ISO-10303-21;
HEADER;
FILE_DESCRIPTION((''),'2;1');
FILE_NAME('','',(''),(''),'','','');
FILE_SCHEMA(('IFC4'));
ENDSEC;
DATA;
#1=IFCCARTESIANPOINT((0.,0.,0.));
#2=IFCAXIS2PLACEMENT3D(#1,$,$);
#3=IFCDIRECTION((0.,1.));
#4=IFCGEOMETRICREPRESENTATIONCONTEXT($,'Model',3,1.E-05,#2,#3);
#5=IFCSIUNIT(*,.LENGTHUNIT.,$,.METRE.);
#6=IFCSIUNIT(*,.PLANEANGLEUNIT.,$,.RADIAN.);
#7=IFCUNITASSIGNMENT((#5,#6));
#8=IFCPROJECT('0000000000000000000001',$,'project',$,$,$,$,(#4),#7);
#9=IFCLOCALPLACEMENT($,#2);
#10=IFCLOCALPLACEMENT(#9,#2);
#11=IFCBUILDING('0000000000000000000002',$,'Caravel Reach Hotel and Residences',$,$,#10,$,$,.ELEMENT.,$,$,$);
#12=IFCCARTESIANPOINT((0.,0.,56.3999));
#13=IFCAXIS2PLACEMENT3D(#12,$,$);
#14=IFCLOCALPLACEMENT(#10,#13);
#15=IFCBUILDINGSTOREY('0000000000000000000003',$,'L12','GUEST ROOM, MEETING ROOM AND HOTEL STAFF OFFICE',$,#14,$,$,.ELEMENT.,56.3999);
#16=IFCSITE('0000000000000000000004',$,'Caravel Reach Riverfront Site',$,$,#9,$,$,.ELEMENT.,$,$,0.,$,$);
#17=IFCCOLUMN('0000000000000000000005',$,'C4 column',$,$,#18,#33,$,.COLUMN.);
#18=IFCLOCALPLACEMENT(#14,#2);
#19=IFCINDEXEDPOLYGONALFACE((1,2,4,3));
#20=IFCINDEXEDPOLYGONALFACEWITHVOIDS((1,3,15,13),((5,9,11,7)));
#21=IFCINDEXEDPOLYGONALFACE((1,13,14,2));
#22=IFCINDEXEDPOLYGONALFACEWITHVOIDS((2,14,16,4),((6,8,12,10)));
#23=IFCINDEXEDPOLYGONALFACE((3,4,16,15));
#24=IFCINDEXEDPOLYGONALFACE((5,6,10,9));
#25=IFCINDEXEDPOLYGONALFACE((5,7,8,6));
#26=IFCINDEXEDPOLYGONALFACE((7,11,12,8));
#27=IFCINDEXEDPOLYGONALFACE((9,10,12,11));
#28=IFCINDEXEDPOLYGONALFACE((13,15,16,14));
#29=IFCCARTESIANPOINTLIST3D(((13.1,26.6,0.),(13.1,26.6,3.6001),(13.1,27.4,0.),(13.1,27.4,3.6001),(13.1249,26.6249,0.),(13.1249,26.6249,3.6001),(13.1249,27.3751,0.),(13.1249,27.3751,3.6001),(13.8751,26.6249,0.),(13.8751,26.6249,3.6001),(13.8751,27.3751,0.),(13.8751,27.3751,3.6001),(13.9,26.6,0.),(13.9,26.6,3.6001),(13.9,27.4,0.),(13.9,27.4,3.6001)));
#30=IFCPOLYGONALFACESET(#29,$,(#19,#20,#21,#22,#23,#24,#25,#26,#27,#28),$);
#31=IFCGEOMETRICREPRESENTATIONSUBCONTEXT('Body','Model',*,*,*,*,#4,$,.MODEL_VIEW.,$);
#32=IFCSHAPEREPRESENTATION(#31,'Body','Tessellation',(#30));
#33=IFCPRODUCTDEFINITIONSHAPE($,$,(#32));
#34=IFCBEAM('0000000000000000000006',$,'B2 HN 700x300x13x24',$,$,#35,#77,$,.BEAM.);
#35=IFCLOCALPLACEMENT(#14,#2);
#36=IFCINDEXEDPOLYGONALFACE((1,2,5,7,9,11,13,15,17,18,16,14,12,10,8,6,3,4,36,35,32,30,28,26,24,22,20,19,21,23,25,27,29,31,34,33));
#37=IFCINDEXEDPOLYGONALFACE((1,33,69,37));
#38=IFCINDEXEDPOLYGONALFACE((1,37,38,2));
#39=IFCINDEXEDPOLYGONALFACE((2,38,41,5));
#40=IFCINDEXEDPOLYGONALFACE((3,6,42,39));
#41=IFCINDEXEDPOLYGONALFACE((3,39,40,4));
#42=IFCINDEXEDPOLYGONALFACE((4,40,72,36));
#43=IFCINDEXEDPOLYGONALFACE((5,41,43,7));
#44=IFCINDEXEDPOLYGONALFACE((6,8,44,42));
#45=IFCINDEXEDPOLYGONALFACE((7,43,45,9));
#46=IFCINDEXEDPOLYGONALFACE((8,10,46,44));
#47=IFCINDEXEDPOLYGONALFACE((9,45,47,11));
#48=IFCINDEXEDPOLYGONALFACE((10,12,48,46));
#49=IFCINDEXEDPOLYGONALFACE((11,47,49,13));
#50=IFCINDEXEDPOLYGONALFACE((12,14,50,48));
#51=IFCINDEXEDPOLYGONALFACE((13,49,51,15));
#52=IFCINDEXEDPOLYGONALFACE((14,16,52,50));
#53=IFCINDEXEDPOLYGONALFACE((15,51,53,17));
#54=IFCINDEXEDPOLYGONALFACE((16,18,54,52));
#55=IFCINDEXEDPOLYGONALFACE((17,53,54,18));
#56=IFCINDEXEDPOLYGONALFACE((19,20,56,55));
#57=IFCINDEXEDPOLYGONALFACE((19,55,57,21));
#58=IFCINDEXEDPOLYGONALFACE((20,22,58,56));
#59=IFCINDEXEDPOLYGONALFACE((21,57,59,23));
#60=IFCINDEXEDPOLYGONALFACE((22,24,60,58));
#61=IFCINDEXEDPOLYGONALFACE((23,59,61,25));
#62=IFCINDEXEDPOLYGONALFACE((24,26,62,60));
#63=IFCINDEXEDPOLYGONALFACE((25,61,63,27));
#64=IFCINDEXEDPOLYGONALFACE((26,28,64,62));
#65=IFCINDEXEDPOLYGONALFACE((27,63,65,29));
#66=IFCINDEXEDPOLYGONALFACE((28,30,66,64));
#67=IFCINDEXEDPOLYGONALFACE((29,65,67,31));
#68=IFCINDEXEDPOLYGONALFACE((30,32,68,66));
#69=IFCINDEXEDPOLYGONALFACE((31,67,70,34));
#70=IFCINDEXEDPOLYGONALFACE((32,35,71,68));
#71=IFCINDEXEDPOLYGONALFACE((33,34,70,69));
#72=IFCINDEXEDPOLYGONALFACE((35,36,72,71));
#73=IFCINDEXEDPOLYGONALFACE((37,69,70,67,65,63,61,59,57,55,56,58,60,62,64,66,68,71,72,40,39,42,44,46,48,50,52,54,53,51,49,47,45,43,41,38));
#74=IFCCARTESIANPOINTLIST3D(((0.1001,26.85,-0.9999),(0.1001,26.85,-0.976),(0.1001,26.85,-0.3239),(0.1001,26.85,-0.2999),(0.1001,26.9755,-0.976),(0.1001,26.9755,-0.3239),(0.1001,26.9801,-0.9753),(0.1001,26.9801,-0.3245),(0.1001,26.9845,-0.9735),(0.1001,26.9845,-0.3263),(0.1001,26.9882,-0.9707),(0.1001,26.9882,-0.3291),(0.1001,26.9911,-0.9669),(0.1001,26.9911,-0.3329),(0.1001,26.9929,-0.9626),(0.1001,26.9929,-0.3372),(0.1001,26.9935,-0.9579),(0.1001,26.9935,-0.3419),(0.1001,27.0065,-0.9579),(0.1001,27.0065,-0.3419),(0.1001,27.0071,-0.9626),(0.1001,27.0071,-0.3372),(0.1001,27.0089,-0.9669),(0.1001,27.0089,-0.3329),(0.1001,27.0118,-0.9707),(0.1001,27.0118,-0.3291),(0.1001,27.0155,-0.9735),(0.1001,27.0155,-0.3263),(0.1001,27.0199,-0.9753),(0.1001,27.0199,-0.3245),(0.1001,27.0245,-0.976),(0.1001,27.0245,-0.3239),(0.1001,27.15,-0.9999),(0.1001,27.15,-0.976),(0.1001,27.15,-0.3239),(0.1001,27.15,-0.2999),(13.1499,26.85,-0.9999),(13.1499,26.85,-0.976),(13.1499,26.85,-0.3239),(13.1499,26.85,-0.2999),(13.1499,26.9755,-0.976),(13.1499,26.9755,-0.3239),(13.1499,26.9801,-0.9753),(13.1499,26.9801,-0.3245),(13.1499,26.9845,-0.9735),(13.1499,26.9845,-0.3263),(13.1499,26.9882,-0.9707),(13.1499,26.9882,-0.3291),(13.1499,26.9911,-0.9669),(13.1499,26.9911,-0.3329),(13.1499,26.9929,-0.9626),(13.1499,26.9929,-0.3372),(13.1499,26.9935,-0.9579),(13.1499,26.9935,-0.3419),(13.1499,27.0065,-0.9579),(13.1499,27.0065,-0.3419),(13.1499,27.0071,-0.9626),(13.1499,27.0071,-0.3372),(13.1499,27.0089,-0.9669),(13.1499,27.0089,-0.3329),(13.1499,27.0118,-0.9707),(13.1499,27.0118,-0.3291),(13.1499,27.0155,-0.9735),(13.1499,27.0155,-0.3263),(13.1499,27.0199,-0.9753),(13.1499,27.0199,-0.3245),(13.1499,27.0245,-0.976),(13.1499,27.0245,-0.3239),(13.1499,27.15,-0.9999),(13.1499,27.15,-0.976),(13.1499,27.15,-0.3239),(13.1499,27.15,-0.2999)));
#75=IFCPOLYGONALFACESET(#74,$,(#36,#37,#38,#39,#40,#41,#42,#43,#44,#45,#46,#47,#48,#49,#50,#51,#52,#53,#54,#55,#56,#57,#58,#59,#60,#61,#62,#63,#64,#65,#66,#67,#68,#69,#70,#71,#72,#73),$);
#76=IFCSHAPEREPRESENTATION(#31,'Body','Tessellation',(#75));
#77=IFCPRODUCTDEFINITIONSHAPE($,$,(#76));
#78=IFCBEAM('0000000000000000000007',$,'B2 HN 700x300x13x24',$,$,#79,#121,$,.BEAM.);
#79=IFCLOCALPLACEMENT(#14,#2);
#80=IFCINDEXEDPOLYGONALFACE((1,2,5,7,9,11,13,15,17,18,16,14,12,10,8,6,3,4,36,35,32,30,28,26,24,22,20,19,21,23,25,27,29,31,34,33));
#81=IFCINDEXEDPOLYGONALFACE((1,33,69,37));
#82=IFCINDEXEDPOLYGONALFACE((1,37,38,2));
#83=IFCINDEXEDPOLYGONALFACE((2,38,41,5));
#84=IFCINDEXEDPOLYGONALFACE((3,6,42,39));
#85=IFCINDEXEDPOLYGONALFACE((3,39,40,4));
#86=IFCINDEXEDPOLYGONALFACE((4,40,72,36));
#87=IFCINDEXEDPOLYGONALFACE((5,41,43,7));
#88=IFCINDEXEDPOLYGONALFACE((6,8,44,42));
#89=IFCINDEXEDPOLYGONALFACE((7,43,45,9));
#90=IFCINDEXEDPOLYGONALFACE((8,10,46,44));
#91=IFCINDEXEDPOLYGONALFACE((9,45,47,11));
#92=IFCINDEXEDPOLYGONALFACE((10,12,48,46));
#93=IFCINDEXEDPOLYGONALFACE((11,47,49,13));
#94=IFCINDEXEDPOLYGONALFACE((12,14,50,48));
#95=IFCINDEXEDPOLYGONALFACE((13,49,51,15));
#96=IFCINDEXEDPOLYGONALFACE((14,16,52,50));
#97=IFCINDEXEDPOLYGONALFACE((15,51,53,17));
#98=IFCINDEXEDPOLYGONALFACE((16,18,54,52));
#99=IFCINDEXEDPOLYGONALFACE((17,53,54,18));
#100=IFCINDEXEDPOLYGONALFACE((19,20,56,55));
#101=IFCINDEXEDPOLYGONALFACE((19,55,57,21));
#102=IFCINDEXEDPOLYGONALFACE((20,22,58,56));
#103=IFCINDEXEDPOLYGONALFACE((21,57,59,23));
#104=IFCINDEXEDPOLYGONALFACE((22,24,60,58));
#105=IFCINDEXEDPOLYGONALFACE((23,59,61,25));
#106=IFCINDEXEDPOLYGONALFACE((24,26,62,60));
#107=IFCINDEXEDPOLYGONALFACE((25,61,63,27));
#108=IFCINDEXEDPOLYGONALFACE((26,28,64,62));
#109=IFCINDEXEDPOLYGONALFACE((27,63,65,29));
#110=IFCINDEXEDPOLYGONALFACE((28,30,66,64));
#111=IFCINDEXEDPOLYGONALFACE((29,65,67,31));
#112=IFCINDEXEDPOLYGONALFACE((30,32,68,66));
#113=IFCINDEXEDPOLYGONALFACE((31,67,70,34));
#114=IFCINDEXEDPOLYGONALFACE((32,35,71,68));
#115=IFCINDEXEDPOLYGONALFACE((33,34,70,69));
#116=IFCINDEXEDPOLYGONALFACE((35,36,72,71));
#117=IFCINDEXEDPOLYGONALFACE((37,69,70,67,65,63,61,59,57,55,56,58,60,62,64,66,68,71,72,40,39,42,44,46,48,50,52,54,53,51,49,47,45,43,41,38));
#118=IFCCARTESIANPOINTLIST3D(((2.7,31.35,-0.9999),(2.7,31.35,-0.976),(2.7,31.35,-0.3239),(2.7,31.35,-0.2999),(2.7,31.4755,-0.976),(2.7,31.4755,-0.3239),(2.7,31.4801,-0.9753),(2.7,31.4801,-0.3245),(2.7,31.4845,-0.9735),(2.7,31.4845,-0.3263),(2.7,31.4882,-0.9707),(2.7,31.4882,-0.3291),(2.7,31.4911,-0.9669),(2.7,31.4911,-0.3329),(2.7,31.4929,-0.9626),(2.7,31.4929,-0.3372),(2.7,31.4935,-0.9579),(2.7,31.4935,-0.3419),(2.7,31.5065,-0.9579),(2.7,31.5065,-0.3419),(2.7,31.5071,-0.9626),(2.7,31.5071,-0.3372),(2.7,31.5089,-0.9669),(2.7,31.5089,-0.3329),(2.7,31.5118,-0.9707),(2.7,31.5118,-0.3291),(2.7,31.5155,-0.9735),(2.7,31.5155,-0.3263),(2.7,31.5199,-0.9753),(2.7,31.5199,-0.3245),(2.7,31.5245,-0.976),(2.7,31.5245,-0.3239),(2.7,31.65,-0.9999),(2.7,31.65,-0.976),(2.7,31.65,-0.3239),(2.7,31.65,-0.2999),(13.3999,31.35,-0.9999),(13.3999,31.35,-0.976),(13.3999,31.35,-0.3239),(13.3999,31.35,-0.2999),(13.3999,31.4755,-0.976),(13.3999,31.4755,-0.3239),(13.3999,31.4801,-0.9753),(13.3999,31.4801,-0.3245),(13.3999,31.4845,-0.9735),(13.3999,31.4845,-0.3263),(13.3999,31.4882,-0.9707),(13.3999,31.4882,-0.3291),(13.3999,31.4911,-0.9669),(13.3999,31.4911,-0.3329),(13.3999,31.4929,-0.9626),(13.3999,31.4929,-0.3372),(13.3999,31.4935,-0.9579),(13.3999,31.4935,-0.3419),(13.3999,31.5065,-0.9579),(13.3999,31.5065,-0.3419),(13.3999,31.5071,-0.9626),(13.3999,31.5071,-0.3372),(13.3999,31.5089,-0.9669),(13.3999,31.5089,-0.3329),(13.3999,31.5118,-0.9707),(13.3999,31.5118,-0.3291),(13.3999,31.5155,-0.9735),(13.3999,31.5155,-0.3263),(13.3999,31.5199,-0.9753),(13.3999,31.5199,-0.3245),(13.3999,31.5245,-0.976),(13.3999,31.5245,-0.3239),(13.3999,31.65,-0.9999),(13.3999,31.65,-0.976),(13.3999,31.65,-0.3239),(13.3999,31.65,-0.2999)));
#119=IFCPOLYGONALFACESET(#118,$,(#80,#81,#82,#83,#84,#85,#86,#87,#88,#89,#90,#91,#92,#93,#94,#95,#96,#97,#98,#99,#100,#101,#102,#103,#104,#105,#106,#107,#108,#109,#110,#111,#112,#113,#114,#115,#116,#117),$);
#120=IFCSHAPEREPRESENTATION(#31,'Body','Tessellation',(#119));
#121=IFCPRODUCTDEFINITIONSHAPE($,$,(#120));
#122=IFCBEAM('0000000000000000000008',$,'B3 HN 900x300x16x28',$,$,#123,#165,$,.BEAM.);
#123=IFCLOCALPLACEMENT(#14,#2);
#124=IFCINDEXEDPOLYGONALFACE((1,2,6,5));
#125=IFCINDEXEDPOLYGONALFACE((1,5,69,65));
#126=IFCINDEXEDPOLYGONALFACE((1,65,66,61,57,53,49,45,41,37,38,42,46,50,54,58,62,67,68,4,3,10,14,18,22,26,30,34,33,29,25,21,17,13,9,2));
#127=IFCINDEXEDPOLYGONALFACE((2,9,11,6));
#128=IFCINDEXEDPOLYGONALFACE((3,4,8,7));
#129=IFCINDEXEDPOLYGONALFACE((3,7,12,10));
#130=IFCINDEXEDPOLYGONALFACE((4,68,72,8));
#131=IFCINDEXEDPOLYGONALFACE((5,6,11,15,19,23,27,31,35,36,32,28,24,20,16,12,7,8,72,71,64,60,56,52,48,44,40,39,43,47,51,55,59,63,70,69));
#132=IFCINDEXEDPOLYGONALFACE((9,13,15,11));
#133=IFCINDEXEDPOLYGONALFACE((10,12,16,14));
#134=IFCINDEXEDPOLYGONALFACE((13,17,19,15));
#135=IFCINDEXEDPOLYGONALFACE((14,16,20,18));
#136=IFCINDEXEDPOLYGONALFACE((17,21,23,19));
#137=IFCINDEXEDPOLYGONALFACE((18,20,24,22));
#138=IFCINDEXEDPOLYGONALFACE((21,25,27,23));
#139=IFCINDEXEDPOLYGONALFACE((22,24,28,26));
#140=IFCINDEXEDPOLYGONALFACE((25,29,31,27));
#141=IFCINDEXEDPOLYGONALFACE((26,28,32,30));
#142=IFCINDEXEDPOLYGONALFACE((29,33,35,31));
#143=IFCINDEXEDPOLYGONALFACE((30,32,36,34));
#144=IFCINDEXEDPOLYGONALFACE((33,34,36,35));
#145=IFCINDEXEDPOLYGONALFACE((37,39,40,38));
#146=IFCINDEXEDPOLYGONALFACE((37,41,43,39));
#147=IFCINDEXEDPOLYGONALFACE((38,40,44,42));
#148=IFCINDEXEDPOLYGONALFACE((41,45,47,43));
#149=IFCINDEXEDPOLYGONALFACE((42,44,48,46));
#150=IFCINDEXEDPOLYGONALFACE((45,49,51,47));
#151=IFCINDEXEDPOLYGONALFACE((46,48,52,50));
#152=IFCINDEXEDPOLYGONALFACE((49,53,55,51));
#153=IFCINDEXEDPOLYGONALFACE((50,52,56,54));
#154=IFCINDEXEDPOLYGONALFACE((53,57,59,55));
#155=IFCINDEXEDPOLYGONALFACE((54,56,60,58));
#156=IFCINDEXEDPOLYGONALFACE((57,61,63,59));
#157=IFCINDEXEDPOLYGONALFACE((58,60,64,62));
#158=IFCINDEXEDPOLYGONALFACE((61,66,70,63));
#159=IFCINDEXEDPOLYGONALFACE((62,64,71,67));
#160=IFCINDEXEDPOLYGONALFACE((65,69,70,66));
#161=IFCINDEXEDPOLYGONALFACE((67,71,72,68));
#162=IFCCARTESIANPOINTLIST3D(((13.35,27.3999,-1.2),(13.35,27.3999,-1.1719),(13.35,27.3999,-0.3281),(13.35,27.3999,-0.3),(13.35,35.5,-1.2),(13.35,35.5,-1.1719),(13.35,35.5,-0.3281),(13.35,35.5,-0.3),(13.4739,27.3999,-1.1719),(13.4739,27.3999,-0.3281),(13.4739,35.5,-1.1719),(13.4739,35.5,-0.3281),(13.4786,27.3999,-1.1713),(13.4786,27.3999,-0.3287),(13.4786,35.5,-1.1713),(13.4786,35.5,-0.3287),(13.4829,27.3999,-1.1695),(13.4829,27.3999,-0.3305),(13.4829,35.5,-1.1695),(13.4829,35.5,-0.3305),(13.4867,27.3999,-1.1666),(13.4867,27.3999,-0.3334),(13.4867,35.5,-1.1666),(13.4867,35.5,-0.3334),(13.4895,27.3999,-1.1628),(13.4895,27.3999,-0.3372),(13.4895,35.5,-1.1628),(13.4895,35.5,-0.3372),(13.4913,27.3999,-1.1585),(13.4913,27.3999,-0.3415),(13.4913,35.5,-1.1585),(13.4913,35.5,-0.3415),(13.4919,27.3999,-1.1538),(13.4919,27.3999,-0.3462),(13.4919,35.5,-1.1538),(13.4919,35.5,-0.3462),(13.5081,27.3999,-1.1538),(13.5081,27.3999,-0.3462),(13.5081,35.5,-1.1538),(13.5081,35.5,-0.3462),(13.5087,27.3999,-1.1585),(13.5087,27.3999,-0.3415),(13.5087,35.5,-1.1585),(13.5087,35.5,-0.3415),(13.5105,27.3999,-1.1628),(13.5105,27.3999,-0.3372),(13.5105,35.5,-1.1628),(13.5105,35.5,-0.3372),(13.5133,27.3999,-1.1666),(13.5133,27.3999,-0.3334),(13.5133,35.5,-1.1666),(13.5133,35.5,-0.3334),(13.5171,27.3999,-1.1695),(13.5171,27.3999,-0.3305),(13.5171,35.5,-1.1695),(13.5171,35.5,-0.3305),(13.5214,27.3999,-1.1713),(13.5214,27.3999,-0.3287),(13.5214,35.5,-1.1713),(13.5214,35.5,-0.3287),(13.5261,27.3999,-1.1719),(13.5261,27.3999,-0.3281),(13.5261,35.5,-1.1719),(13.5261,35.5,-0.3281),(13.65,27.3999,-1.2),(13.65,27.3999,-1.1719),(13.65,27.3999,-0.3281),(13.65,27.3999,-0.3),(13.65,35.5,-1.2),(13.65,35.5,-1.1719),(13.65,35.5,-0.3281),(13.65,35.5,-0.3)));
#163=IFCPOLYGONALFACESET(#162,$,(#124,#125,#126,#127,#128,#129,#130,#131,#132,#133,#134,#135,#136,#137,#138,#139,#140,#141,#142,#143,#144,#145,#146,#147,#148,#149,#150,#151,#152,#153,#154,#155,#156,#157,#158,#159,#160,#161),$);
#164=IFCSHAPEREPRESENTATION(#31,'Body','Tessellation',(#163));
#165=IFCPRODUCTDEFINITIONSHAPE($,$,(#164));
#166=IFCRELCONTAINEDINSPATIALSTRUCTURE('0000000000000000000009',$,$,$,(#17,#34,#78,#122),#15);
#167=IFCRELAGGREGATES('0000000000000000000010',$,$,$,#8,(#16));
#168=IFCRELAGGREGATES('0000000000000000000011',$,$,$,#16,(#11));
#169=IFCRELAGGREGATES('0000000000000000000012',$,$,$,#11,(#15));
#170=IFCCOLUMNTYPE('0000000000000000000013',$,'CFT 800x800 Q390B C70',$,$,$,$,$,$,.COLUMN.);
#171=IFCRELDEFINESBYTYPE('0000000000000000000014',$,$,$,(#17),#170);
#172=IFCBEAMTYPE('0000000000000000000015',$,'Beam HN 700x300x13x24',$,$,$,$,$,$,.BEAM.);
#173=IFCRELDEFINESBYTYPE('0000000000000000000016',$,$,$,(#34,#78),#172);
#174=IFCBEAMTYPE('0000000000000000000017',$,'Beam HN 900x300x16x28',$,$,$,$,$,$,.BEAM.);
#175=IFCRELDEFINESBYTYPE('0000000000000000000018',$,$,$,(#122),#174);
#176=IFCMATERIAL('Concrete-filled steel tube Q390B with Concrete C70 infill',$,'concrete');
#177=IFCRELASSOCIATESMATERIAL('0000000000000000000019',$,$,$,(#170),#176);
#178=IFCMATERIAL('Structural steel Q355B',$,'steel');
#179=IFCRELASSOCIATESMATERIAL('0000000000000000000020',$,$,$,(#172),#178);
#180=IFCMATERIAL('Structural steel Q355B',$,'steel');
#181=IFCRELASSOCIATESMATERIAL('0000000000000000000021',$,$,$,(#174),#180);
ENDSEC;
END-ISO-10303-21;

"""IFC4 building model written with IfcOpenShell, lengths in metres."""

from ifc_helpers import new_model, si_unit, direction, frame, origin, origin_2d, place, context, subcontext, project, spatial, hollow_rectangle, i_section, extrude, material, material_profile, profile_set, type_object, element, save


model = new_model("IFC4")

# Units and contexts
model_context = context("Model", 3, precision=1e-05, world=origin(), true_north=direction((0.0, 1.0)))
body_context = subcontext(model_context, "Body", "Model", "MODEL_VIEW")
ifc_project = project(units=[si_unit("LENGTHUNIT", "METRE"), si_unit("PLANEANGLEUNIT", "RADIAN")], contexts=[model_context])

# Site, building, storey
site_placement = place(None, origin())
site = spatial("IfcSite", under=ifc_project, at=site_placement, Name="Caravel Reach Riverfront Site", CompositionType="ELEMENT", RefElevation=0.0)
building_placement = place(site_placement, origin())
building = spatial("IfcBuilding", under=site, at=building_placement, Name="Caravel Reach Hotel and Residences", CompositionType="ELEMENT")
storey_placement = place(building_placement, frame((0.0, 0.0, 56.3999)))
storey = spatial("IfcBuildingStorey", under=building, at=storey_placement, Name="L12", Description="GUEST ROOM, MEETING ROOM AND HOTEL STAFF OFFICE", CompositionType="ELEMENT", Elevation=56.3999)

# Column
ifc_material_1 = material(Name="Concrete-filled steel tube Q390B with Concrete C70 infill", Category="concrete")
ifc_material_profile_1 = material_profile(ifc_material_1, hollow_rectangle(XDim=0.8, YDim=0.8, WallThickness=0.0249, at=origin_2d()), Name="RHS 800x800x25")
ifc_profile_set_1 = profile_set([ifc_material_profile_1], Name="Concrete-filled steel tube Q390B with Concrete C70 infill")
column_type = type_object("IfcColumnType", Name="CFT 800x800 Q390B C70", PredefinedType="COLUMN", material=ifc_profile_set_1)
column_placement = place(storey_placement, frame((13.5, 27.0, 0.0), z_axis=(0.0, 0.0, 1.0), x_axis=(1.0, 0.0, 0.0)))
element("IfcColumn", 1, at=column_placement, inside=storey, type_object=column_type, Name="C4 column", PredefinedType="COLUMN", context=body_context, shape_type="SweptSolid", body=[
    extrude(hollow_rectangle(XDim=0.8, YDim=0.8, WallThickness=0.0249, at=origin_2d()), origin(), (0.0, 0.0, 1.0), 3.6001),
])

# Beams
ifc_material_2 = material(Name="Structural steel Q355B", Category="steel")
ifc_material_profile_2 = material_profile(ifc_material_2, i_section(OverallWidth=0.3, OverallDepth=0.7, WebThickness=0.0129, FlangeThickness=0.0239, FilletRadius=0.0181, at=origin_2d()), Name="HN 700x300x13x24")
ifc_profile_set_2 = profile_set([ifc_material_profile_2], Name="Structural steel Q355B")
beam_type_1 = type_object("IfcBeamType", Name="Beam HN 700x300x13x24", PredefinedType="BEAM", material=ifc_profile_set_2)
beam_1_placement = place(storey_placement, frame((13.1499, 27.0, -0.6499), z_axis=(-1.0, 0.0, 0.0), x_axis=(0.0, -1.0, 0.0)))
element("IfcBeam", 2, at=beam_1_placement, inside=storey, type_object=beam_type_1, Name="B2 HN 700x300x13x24", PredefinedType="BEAM", context=body_context, shape_type="SweptSolid", body=[
    extrude(i_section(OverallWidth=0.3, OverallDepth=0.7, WebThickness=0.0129, FlangeThickness=0.0239, FilletRadius=0.0181, at=origin_2d()), origin(), (0.0, 0.0, 1.0), 13.0498),
])
beam_2_placement = place(storey_placement, frame((13.3999, 31.5, -0.6499), z_axis=(-1.0, 0.0, 0.0), x_axis=(0.0, -1.0, 0.0)))
element("IfcBeam", 3, at=beam_2_placement, inside=storey, type_object=beam_type_1, Name="B2 HN 700x300x13x24", PredefinedType="BEAM", context=body_context, shape_type="SweptSolid", body=[
    extrude(i_section(OverallWidth=0.3, OverallDepth=0.7, WebThickness=0.0129, FlangeThickness=0.0239, FilletRadius=0.0181, at=origin_2d()), origin(), (0.0, 0.0, 1.0), 10.7),
])
ifc_material_3 = material(Name="Structural steel Q355B", Category="steel")
ifc_material_profile_3 = material_profile(ifc_material_3, i_section(OverallWidth=0.3, OverallDepth=0.8999, WebThickness=0.0161, FlangeThickness=0.0281, FilletRadius=0.0181, at=origin_2d()), Name="HN 900x300x16x28")
ifc_profile_set_3 = profile_set([ifc_material_profile_3], Name="Structural steel Q355B")
beam_type_2 = type_object("IfcBeamType", Name="Beam HN 900x300x16x28", PredefinedType="BEAM", material=ifc_profile_set_3)
beam_3_placement = place(storey_placement, frame((13.5, 27.3999, -0.75), z_axis=(0.0, 1.0, 0.0), x_axis=(-1.0, 0.0, 0.0)))
element("IfcBeam", 4, at=beam_3_placement, inside=storey, type_object=beam_type_2, Name="B3 HN 900x300x16x28", PredefinedType="BEAM", context=body_context, shape_type="SweptSolid", body=[
    extrude(i_section(OverallWidth=0.3, OverallDepth=0.8999, WebThickness=0.0161, FlangeThickness=0.0281, FilletRadius=0.0181, at=origin_2d()), origin(), (0.0, 0.0, 1.0), 8.1001),
])

save(model, "model.ifc")
